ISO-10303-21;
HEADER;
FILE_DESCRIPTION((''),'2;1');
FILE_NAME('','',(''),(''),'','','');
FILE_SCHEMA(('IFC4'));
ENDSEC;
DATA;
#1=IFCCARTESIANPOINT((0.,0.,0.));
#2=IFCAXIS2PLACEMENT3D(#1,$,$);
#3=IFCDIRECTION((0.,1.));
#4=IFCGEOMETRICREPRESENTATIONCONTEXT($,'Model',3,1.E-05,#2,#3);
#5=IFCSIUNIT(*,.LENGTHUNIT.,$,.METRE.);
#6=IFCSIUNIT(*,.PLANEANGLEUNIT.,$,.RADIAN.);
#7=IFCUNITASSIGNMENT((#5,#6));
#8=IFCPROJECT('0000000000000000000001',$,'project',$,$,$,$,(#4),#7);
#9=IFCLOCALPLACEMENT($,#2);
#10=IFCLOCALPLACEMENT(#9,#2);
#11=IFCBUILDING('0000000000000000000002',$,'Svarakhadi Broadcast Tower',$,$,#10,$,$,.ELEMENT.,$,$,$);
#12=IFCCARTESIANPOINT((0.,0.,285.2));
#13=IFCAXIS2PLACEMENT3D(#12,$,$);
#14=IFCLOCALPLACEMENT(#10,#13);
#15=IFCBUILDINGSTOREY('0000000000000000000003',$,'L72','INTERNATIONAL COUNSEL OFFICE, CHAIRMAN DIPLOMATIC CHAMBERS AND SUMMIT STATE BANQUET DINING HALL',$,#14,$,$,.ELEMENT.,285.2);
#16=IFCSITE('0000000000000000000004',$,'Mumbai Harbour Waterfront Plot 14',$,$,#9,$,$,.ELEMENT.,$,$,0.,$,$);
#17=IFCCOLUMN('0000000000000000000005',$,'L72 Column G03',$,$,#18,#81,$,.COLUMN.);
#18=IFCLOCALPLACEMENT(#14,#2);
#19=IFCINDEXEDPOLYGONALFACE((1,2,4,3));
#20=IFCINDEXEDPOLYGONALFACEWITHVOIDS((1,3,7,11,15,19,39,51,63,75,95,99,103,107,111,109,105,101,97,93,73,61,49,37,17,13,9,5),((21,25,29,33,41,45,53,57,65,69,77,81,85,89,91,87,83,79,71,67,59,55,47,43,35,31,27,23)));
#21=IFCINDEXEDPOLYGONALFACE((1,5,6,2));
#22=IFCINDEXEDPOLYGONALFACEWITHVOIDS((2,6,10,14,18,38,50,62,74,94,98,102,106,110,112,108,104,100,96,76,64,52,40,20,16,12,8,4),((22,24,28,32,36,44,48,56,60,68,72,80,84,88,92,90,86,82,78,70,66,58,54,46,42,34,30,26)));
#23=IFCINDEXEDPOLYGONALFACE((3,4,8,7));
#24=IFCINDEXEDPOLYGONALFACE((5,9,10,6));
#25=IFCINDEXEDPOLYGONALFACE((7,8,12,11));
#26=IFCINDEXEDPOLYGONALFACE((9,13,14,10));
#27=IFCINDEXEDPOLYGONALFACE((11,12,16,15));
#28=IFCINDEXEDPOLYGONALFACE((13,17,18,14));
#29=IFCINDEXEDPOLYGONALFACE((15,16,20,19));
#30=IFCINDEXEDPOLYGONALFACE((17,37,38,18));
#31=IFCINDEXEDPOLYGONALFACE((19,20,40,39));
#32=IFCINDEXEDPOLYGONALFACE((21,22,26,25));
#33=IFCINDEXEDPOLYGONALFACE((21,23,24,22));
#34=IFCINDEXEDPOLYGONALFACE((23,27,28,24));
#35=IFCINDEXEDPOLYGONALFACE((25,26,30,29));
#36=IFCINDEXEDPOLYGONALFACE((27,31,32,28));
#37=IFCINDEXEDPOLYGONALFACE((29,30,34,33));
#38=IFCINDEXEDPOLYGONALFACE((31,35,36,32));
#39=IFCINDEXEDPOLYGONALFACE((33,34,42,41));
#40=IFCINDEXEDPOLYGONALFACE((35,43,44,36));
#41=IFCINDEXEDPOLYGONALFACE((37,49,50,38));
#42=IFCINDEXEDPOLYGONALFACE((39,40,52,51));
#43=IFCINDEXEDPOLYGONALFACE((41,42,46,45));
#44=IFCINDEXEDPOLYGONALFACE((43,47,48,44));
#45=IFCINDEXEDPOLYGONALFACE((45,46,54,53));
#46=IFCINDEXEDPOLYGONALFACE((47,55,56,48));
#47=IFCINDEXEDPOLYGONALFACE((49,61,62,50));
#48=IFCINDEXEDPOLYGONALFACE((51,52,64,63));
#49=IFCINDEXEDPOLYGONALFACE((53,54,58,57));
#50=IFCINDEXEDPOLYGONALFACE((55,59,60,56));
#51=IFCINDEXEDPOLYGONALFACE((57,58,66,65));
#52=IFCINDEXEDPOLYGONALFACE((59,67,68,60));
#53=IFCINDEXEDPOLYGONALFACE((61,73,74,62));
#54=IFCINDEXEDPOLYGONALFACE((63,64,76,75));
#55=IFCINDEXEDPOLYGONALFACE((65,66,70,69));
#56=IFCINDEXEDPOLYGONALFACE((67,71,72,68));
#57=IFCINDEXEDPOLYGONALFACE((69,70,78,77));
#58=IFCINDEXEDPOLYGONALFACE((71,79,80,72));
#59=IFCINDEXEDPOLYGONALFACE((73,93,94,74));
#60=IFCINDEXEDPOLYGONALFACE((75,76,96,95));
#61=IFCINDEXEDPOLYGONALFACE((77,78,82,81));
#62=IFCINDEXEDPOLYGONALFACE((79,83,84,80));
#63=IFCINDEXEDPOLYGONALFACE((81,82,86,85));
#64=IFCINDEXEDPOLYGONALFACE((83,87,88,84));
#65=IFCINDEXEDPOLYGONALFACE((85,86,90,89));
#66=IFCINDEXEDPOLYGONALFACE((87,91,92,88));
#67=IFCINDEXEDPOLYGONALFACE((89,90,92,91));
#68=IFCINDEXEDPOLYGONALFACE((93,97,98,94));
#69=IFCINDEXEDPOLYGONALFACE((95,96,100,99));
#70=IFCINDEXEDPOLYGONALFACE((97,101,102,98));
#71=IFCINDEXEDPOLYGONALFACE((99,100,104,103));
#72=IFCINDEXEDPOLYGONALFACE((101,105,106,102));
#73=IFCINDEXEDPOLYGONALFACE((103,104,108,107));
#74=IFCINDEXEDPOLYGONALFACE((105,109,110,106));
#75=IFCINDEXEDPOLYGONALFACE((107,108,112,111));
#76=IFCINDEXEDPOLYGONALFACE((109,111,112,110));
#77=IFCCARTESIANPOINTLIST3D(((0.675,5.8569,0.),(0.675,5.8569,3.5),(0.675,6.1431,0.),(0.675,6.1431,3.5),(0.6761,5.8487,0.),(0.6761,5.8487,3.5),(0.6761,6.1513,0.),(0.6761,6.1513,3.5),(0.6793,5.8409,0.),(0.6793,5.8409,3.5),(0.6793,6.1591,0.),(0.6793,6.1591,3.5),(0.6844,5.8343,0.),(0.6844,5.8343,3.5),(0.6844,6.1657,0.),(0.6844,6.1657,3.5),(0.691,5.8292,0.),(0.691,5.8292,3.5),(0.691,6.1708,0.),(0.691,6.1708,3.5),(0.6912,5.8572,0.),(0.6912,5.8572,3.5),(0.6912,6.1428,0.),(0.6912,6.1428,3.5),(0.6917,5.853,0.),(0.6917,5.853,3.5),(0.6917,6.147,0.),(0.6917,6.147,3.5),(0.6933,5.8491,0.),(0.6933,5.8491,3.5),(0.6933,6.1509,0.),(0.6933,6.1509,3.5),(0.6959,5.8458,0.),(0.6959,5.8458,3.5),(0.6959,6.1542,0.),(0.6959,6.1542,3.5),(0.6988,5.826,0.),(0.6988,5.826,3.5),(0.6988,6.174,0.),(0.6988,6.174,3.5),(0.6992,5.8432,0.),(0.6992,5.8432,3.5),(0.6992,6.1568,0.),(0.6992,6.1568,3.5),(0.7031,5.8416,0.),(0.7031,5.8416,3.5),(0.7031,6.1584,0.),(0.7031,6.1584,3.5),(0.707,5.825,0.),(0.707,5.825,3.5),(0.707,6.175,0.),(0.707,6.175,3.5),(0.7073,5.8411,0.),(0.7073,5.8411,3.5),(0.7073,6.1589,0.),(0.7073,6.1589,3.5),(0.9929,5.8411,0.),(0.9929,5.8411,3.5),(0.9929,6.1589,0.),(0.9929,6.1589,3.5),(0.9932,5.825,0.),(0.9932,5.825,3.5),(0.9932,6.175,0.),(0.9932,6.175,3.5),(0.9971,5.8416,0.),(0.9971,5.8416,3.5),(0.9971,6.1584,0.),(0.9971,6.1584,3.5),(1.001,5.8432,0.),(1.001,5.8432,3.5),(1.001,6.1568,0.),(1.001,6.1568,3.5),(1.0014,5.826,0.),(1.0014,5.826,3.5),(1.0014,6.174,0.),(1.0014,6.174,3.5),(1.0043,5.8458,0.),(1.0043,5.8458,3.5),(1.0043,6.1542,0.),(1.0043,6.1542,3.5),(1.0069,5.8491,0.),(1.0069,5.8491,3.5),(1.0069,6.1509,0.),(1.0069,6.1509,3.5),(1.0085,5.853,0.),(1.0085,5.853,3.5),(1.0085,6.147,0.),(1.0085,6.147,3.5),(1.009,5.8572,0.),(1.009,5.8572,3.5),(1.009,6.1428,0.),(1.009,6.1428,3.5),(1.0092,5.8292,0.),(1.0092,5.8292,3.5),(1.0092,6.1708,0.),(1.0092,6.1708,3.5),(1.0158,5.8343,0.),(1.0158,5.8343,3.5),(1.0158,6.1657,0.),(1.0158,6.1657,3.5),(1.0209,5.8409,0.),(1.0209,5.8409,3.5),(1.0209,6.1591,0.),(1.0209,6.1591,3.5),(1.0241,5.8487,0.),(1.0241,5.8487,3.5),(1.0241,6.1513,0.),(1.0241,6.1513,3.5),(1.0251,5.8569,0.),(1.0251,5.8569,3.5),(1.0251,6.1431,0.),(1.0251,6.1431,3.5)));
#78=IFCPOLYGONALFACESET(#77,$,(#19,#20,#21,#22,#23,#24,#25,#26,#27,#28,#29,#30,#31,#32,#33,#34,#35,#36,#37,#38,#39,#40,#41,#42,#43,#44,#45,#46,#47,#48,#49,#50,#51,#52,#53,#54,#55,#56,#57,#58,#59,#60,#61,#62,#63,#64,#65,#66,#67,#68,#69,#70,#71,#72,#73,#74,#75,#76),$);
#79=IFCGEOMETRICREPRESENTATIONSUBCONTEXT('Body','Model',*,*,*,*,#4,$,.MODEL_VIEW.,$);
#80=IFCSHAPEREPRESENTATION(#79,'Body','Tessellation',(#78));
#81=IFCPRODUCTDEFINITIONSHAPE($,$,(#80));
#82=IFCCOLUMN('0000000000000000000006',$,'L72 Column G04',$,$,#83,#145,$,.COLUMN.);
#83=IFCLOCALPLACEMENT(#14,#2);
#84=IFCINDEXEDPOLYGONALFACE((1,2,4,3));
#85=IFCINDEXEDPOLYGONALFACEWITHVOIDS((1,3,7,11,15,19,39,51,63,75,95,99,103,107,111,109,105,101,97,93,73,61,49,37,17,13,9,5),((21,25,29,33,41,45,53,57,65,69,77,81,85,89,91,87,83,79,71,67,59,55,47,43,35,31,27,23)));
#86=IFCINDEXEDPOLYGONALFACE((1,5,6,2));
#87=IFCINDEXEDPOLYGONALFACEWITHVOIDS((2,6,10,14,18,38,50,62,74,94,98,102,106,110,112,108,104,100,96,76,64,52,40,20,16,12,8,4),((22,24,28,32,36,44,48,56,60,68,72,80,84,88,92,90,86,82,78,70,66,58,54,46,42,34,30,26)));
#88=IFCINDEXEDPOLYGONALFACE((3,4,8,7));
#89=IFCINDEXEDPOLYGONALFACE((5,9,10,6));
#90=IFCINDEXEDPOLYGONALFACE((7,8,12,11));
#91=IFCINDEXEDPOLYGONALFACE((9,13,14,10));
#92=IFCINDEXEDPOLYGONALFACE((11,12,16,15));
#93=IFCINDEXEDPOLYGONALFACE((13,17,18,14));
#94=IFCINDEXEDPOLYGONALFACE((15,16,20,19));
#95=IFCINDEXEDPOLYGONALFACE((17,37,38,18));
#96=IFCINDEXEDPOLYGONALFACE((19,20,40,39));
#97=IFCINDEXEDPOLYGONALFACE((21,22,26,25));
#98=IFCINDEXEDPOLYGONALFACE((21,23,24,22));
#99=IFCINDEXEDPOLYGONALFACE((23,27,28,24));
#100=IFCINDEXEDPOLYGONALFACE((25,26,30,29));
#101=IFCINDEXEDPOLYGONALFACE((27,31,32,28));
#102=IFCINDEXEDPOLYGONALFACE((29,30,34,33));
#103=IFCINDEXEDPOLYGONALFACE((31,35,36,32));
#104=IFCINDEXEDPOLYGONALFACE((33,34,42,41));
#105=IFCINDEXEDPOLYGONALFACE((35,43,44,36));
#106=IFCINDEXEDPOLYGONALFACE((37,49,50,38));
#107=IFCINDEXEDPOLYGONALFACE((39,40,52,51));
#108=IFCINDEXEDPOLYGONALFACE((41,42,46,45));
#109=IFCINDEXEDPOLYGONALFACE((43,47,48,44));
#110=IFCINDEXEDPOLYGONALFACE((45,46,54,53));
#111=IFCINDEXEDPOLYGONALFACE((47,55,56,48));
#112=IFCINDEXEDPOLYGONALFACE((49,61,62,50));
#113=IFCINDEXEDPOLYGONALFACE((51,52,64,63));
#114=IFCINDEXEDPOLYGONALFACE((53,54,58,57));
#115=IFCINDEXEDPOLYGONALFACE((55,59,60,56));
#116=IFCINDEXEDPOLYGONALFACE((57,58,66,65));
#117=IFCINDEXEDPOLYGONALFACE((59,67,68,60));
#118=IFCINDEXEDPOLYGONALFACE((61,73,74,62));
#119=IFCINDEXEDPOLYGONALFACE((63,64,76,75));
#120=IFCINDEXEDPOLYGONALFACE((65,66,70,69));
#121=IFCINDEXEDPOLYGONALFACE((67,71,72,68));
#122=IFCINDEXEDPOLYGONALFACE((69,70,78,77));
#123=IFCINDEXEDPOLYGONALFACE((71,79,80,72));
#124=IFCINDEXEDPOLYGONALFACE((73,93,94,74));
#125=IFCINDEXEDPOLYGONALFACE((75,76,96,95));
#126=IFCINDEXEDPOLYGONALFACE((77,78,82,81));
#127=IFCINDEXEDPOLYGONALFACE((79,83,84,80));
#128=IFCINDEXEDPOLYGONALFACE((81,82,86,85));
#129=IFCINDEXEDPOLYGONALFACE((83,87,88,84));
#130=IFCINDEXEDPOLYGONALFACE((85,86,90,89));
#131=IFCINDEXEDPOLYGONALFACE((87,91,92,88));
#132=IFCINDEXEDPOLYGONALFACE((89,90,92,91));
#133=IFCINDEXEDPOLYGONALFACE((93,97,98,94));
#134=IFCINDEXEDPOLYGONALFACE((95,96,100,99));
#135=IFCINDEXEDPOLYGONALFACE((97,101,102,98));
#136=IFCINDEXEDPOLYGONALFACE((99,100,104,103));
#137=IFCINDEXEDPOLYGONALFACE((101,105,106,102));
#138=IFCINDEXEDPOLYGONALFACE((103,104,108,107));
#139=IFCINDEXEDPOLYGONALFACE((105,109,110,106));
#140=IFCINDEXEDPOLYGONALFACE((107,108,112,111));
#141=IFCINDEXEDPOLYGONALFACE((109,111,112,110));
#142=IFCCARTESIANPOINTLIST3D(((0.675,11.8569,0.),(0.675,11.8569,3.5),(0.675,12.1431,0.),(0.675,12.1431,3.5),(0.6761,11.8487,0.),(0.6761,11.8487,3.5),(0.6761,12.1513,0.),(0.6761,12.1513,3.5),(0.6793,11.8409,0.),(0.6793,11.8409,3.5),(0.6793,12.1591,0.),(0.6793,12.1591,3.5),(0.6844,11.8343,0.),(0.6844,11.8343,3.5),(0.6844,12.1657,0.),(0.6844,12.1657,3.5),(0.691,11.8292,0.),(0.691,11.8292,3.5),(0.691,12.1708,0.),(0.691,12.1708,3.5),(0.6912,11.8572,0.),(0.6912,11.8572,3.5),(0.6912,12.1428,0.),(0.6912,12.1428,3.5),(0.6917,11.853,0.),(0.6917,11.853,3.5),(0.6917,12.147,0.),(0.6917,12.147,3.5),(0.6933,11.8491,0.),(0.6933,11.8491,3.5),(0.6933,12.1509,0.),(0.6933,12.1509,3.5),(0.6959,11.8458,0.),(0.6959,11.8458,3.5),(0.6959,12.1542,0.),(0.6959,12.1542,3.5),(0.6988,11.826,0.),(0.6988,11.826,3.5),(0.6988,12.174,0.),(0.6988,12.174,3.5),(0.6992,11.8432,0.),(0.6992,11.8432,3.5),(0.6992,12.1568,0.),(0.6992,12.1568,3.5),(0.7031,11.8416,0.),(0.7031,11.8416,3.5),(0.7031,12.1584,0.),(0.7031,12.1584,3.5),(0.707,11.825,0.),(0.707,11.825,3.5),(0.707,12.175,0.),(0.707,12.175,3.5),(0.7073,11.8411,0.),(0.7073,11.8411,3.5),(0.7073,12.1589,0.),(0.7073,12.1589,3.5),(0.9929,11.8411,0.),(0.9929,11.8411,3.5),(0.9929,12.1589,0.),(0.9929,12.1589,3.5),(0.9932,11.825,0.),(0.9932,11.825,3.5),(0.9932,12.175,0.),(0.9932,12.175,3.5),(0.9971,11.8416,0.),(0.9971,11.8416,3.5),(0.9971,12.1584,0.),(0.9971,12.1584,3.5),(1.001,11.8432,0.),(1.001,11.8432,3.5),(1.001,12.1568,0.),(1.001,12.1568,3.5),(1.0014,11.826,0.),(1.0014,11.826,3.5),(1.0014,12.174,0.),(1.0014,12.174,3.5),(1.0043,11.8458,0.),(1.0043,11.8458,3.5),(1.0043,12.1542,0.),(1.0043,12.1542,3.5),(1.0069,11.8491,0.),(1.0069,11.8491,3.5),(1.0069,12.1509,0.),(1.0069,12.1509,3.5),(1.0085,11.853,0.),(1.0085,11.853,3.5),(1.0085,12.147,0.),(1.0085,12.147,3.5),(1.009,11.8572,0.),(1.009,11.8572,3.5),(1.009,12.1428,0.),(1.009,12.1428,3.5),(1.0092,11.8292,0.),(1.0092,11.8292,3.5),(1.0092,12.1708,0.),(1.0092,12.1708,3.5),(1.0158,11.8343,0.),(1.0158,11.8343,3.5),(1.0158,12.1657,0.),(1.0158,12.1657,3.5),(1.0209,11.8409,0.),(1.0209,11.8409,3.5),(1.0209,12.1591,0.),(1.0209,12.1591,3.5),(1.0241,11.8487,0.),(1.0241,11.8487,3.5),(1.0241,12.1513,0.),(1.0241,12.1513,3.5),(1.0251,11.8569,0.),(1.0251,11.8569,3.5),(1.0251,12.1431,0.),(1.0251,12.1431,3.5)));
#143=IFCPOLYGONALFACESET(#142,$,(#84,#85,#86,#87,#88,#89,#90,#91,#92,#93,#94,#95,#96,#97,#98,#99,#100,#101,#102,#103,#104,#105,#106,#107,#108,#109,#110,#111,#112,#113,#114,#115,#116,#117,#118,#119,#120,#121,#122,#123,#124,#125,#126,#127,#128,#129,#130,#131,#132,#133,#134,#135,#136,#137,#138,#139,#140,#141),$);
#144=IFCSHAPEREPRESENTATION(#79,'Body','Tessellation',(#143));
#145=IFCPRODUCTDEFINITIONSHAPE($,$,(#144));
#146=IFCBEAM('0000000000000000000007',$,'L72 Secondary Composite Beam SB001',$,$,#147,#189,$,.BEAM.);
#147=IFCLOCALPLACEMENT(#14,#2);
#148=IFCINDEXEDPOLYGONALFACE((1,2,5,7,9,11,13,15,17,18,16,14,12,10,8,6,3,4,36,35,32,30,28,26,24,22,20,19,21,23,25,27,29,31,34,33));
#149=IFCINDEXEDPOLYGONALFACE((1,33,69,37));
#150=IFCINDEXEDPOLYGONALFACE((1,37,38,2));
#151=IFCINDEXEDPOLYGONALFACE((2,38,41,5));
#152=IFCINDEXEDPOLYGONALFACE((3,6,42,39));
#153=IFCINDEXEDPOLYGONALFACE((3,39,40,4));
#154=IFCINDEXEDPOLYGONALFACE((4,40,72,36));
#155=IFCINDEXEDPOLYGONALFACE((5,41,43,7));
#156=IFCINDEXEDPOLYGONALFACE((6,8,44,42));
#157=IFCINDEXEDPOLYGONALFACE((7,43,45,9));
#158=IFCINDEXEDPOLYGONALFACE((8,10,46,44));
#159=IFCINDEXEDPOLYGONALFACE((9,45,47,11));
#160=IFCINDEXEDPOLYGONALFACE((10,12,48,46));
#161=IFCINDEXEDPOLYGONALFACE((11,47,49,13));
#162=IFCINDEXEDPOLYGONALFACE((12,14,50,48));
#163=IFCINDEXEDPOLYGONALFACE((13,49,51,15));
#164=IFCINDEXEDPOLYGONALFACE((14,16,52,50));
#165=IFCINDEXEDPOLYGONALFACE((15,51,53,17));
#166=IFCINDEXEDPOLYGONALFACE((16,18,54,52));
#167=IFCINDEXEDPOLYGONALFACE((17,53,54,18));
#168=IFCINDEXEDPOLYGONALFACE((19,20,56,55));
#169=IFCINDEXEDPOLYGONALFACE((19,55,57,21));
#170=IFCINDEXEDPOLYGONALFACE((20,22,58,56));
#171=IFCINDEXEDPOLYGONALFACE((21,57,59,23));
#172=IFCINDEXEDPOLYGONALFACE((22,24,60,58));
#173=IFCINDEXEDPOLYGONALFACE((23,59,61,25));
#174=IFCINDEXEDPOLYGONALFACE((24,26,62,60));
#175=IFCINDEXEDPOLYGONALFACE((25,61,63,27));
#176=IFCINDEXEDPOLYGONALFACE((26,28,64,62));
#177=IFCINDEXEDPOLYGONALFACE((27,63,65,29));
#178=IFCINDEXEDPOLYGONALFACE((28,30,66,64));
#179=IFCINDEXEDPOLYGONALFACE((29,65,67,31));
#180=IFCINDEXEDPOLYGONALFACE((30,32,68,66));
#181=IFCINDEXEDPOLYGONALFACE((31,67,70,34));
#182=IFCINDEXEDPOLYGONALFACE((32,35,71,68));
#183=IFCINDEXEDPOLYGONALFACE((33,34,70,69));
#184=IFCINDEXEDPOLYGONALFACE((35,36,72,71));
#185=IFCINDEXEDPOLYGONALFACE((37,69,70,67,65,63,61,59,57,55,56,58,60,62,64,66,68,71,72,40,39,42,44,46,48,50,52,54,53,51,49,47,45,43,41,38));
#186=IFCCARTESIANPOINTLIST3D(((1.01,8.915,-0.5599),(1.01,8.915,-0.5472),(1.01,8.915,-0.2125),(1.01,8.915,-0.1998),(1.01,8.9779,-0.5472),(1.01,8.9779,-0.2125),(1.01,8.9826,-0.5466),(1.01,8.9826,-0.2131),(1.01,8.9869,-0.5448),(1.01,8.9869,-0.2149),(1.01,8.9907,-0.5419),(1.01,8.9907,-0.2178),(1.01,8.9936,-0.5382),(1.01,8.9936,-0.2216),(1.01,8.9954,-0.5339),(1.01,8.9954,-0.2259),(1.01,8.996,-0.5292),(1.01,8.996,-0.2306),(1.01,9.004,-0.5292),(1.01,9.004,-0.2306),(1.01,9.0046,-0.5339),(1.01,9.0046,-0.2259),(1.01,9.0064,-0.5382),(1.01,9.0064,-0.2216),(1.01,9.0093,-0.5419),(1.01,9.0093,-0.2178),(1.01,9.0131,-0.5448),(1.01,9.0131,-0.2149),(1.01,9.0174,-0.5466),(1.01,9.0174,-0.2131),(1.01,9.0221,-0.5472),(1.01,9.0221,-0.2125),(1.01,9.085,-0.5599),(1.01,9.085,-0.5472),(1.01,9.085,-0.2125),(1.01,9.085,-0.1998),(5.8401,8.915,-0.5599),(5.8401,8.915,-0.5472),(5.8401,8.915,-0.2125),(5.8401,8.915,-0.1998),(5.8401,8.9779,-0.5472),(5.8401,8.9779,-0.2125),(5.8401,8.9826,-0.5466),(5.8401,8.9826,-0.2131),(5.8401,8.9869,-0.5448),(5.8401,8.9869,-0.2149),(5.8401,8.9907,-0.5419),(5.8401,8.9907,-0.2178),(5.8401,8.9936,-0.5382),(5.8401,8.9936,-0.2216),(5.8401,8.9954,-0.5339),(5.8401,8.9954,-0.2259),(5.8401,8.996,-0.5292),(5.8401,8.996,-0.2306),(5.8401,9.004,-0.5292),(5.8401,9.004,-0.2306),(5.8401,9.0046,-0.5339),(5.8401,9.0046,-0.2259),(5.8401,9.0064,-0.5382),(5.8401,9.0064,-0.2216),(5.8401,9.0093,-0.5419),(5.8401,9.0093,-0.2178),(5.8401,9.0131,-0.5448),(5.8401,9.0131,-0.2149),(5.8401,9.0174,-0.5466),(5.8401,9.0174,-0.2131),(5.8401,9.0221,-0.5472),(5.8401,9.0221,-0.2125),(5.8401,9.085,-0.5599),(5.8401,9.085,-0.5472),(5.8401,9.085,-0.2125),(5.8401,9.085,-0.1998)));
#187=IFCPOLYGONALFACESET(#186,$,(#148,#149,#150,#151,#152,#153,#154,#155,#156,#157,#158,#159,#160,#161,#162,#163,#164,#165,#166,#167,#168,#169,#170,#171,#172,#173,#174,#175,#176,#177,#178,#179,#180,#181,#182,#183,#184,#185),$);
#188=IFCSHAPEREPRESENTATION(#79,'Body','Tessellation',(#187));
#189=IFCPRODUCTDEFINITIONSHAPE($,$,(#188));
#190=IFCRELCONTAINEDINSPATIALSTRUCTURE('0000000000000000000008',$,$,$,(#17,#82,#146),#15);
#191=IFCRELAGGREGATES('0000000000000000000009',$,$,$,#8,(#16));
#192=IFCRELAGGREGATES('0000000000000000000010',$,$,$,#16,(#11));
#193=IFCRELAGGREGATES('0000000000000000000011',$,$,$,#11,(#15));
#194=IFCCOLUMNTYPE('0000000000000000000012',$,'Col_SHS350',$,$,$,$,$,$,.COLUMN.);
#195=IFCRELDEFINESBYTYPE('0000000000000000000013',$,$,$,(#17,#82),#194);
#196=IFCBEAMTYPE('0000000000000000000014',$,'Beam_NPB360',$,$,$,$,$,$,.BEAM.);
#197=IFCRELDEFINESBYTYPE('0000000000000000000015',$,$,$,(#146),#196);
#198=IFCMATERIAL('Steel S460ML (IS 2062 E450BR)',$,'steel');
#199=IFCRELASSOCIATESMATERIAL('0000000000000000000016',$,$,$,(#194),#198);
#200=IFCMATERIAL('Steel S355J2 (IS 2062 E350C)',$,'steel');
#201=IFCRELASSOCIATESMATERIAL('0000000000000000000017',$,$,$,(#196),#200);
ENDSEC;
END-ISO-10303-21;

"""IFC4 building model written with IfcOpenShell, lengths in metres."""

from ifc_helpers import new_model, si_unit, direction, frame, origin, origin_2d, place, context, subcontext, project, spatial, hollow_rectangle, i_section, extrude, material, material_profile, profile_set, type_object, element, save


model = new_model("IFC4")

# Units and contexts
model_context = context("Model", 3, precision=1e-05, world=origin(), true_north=direction((0.0, 1.0)))
body_context = subcontext(model_context, "Body", "Model", "MODEL_VIEW")
ifc_project = project(units=[si_unit("LENGTHUNIT", "METRE"), si_unit("PLANEANGLEUNIT", "RADIAN")], contexts=[model_context])

# Site, building, storey
site_placement = place(None, origin())
site = spatial("IfcSite", under=ifc_project, at=site_placement, Name="Mumbai Harbour Waterfront Plot 14", CompositionType="ELEMENT", RefElevation=0.0)
building_placement = place(site_placement, origin())
building = spatial("IfcBuilding", under=site, at=building_placement, Name="Svarakhadi Broadcast Tower", CompositionType="ELEMENT")
storey_placement = place(building_placement, frame((0.0, 0.0, 285.2)))
storey = spatial("IfcBuildingStorey", under=building, at=storey_placement, Name="L72", Description="INTERNATIONAL COUNSEL OFFICE, CHAIRMAN DIPLOMATIC CHAMBERS AND SUMMIT STATE BANQUET DINING HALL", CompositionType="ELEMENT", Elevation=285.2)

# Columns
ifc_material_1 = material(Name="Steel S460ML (IS 2062 E450BR)", Category="steel")
ifc_material_profile_1 = material_profile(ifc_material_1, hollow_rectangle(XDim=0.3501, YDim=0.3501, WallThickness=0.0161, InnerFilletRadius=0.0161, OuterFilletRadius=0.032, at=origin_2d()), Name="SHS 350x350x16")
ifc_profile_set_1 = profile_set([ifc_material_profile_1], Name="Steel S460ML (IS 2062 E450BR)")
column_type = type_object("IfcColumnType", Name="Col_SHS350", PredefinedType="COLUMN", material=ifc_profile_set_1)
for number, where, z_axis, x_axis, name in (
    (1, (0.8501, 6.0, 0.0), (0.0, 0.0, 1.0), (1.0, 0.0, 0.0), "L72 Column G03"),
    (2, (0.8501, 12.0, 0.0), (0.0, 0.0, 1.0), (1.0, 0.0, 0.0), "L72 Column G04"),
):
    element("IfcColumn", number, at=place(storey_placement, frame(where, z_axis=z_axis, x_axis=x_axis)), inside=storey, type_object=column_type, Name=name, PredefinedType="COLUMN", context=body_context, shape_type="SweptSolid", body=[
        extrude(hollow_rectangle(XDim=0.3501, YDim=0.3501, WallThickness=0.0161, InnerFilletRadius=0.0161, OuterFilletRadius=0.032, at=origin_2d()), origin(), (0.0, 0.0, 1.0), 3.5),
    ])

# Beam
ifc_material_2 = material(Name="Steel S355J2 (IS 2062 E350C)", Category="steel")
ifc_material_profile_2 = material_profile(ifc_material_2, i_section(OverallWidth=0.1699, OverallDepth=0.3601, WebThickness=0.0081, FlangeThickness=0.0127, FilletRadius=0.0181, at=origin_2d()), Name="NPB 360x170x57")
ifc_profile_set_2 = profile_set([ifc_material_profile_2], Name="Steel S355J2 (IS 2062 E350C)")
beam_type_1 = type_object("IfcBeamType", Name="Beam_NPB360", PredefinedType="BEAM", material=ifc_profile_set_2)
beam_placement = place(storey_placement, frame((1.01, 9.0, -0.3799), z_axis=(1.0, 0.0, 0.0), x_axis=(0.0, 1.0, 0.0)))
element("IfcBeam", 3, at=beam_placement, inside=storey, type_object=beam_type_1, Name="L72 Secondary Composite Beam SB001", PredefinedType="BEAM", context=body_context, shape_type="SweptSolid", body=[
    extrude(i_section(OverallWidth=0.1699, OverallDepth=0.3601, WebThickness=0.0081, FlangeThickness=0.0127, FilletRadius=0.0181, at=origin_2d()), origin(), (0.0, 0.0, 1.0), 4.8301),
])

save(model, "model.ifc")
